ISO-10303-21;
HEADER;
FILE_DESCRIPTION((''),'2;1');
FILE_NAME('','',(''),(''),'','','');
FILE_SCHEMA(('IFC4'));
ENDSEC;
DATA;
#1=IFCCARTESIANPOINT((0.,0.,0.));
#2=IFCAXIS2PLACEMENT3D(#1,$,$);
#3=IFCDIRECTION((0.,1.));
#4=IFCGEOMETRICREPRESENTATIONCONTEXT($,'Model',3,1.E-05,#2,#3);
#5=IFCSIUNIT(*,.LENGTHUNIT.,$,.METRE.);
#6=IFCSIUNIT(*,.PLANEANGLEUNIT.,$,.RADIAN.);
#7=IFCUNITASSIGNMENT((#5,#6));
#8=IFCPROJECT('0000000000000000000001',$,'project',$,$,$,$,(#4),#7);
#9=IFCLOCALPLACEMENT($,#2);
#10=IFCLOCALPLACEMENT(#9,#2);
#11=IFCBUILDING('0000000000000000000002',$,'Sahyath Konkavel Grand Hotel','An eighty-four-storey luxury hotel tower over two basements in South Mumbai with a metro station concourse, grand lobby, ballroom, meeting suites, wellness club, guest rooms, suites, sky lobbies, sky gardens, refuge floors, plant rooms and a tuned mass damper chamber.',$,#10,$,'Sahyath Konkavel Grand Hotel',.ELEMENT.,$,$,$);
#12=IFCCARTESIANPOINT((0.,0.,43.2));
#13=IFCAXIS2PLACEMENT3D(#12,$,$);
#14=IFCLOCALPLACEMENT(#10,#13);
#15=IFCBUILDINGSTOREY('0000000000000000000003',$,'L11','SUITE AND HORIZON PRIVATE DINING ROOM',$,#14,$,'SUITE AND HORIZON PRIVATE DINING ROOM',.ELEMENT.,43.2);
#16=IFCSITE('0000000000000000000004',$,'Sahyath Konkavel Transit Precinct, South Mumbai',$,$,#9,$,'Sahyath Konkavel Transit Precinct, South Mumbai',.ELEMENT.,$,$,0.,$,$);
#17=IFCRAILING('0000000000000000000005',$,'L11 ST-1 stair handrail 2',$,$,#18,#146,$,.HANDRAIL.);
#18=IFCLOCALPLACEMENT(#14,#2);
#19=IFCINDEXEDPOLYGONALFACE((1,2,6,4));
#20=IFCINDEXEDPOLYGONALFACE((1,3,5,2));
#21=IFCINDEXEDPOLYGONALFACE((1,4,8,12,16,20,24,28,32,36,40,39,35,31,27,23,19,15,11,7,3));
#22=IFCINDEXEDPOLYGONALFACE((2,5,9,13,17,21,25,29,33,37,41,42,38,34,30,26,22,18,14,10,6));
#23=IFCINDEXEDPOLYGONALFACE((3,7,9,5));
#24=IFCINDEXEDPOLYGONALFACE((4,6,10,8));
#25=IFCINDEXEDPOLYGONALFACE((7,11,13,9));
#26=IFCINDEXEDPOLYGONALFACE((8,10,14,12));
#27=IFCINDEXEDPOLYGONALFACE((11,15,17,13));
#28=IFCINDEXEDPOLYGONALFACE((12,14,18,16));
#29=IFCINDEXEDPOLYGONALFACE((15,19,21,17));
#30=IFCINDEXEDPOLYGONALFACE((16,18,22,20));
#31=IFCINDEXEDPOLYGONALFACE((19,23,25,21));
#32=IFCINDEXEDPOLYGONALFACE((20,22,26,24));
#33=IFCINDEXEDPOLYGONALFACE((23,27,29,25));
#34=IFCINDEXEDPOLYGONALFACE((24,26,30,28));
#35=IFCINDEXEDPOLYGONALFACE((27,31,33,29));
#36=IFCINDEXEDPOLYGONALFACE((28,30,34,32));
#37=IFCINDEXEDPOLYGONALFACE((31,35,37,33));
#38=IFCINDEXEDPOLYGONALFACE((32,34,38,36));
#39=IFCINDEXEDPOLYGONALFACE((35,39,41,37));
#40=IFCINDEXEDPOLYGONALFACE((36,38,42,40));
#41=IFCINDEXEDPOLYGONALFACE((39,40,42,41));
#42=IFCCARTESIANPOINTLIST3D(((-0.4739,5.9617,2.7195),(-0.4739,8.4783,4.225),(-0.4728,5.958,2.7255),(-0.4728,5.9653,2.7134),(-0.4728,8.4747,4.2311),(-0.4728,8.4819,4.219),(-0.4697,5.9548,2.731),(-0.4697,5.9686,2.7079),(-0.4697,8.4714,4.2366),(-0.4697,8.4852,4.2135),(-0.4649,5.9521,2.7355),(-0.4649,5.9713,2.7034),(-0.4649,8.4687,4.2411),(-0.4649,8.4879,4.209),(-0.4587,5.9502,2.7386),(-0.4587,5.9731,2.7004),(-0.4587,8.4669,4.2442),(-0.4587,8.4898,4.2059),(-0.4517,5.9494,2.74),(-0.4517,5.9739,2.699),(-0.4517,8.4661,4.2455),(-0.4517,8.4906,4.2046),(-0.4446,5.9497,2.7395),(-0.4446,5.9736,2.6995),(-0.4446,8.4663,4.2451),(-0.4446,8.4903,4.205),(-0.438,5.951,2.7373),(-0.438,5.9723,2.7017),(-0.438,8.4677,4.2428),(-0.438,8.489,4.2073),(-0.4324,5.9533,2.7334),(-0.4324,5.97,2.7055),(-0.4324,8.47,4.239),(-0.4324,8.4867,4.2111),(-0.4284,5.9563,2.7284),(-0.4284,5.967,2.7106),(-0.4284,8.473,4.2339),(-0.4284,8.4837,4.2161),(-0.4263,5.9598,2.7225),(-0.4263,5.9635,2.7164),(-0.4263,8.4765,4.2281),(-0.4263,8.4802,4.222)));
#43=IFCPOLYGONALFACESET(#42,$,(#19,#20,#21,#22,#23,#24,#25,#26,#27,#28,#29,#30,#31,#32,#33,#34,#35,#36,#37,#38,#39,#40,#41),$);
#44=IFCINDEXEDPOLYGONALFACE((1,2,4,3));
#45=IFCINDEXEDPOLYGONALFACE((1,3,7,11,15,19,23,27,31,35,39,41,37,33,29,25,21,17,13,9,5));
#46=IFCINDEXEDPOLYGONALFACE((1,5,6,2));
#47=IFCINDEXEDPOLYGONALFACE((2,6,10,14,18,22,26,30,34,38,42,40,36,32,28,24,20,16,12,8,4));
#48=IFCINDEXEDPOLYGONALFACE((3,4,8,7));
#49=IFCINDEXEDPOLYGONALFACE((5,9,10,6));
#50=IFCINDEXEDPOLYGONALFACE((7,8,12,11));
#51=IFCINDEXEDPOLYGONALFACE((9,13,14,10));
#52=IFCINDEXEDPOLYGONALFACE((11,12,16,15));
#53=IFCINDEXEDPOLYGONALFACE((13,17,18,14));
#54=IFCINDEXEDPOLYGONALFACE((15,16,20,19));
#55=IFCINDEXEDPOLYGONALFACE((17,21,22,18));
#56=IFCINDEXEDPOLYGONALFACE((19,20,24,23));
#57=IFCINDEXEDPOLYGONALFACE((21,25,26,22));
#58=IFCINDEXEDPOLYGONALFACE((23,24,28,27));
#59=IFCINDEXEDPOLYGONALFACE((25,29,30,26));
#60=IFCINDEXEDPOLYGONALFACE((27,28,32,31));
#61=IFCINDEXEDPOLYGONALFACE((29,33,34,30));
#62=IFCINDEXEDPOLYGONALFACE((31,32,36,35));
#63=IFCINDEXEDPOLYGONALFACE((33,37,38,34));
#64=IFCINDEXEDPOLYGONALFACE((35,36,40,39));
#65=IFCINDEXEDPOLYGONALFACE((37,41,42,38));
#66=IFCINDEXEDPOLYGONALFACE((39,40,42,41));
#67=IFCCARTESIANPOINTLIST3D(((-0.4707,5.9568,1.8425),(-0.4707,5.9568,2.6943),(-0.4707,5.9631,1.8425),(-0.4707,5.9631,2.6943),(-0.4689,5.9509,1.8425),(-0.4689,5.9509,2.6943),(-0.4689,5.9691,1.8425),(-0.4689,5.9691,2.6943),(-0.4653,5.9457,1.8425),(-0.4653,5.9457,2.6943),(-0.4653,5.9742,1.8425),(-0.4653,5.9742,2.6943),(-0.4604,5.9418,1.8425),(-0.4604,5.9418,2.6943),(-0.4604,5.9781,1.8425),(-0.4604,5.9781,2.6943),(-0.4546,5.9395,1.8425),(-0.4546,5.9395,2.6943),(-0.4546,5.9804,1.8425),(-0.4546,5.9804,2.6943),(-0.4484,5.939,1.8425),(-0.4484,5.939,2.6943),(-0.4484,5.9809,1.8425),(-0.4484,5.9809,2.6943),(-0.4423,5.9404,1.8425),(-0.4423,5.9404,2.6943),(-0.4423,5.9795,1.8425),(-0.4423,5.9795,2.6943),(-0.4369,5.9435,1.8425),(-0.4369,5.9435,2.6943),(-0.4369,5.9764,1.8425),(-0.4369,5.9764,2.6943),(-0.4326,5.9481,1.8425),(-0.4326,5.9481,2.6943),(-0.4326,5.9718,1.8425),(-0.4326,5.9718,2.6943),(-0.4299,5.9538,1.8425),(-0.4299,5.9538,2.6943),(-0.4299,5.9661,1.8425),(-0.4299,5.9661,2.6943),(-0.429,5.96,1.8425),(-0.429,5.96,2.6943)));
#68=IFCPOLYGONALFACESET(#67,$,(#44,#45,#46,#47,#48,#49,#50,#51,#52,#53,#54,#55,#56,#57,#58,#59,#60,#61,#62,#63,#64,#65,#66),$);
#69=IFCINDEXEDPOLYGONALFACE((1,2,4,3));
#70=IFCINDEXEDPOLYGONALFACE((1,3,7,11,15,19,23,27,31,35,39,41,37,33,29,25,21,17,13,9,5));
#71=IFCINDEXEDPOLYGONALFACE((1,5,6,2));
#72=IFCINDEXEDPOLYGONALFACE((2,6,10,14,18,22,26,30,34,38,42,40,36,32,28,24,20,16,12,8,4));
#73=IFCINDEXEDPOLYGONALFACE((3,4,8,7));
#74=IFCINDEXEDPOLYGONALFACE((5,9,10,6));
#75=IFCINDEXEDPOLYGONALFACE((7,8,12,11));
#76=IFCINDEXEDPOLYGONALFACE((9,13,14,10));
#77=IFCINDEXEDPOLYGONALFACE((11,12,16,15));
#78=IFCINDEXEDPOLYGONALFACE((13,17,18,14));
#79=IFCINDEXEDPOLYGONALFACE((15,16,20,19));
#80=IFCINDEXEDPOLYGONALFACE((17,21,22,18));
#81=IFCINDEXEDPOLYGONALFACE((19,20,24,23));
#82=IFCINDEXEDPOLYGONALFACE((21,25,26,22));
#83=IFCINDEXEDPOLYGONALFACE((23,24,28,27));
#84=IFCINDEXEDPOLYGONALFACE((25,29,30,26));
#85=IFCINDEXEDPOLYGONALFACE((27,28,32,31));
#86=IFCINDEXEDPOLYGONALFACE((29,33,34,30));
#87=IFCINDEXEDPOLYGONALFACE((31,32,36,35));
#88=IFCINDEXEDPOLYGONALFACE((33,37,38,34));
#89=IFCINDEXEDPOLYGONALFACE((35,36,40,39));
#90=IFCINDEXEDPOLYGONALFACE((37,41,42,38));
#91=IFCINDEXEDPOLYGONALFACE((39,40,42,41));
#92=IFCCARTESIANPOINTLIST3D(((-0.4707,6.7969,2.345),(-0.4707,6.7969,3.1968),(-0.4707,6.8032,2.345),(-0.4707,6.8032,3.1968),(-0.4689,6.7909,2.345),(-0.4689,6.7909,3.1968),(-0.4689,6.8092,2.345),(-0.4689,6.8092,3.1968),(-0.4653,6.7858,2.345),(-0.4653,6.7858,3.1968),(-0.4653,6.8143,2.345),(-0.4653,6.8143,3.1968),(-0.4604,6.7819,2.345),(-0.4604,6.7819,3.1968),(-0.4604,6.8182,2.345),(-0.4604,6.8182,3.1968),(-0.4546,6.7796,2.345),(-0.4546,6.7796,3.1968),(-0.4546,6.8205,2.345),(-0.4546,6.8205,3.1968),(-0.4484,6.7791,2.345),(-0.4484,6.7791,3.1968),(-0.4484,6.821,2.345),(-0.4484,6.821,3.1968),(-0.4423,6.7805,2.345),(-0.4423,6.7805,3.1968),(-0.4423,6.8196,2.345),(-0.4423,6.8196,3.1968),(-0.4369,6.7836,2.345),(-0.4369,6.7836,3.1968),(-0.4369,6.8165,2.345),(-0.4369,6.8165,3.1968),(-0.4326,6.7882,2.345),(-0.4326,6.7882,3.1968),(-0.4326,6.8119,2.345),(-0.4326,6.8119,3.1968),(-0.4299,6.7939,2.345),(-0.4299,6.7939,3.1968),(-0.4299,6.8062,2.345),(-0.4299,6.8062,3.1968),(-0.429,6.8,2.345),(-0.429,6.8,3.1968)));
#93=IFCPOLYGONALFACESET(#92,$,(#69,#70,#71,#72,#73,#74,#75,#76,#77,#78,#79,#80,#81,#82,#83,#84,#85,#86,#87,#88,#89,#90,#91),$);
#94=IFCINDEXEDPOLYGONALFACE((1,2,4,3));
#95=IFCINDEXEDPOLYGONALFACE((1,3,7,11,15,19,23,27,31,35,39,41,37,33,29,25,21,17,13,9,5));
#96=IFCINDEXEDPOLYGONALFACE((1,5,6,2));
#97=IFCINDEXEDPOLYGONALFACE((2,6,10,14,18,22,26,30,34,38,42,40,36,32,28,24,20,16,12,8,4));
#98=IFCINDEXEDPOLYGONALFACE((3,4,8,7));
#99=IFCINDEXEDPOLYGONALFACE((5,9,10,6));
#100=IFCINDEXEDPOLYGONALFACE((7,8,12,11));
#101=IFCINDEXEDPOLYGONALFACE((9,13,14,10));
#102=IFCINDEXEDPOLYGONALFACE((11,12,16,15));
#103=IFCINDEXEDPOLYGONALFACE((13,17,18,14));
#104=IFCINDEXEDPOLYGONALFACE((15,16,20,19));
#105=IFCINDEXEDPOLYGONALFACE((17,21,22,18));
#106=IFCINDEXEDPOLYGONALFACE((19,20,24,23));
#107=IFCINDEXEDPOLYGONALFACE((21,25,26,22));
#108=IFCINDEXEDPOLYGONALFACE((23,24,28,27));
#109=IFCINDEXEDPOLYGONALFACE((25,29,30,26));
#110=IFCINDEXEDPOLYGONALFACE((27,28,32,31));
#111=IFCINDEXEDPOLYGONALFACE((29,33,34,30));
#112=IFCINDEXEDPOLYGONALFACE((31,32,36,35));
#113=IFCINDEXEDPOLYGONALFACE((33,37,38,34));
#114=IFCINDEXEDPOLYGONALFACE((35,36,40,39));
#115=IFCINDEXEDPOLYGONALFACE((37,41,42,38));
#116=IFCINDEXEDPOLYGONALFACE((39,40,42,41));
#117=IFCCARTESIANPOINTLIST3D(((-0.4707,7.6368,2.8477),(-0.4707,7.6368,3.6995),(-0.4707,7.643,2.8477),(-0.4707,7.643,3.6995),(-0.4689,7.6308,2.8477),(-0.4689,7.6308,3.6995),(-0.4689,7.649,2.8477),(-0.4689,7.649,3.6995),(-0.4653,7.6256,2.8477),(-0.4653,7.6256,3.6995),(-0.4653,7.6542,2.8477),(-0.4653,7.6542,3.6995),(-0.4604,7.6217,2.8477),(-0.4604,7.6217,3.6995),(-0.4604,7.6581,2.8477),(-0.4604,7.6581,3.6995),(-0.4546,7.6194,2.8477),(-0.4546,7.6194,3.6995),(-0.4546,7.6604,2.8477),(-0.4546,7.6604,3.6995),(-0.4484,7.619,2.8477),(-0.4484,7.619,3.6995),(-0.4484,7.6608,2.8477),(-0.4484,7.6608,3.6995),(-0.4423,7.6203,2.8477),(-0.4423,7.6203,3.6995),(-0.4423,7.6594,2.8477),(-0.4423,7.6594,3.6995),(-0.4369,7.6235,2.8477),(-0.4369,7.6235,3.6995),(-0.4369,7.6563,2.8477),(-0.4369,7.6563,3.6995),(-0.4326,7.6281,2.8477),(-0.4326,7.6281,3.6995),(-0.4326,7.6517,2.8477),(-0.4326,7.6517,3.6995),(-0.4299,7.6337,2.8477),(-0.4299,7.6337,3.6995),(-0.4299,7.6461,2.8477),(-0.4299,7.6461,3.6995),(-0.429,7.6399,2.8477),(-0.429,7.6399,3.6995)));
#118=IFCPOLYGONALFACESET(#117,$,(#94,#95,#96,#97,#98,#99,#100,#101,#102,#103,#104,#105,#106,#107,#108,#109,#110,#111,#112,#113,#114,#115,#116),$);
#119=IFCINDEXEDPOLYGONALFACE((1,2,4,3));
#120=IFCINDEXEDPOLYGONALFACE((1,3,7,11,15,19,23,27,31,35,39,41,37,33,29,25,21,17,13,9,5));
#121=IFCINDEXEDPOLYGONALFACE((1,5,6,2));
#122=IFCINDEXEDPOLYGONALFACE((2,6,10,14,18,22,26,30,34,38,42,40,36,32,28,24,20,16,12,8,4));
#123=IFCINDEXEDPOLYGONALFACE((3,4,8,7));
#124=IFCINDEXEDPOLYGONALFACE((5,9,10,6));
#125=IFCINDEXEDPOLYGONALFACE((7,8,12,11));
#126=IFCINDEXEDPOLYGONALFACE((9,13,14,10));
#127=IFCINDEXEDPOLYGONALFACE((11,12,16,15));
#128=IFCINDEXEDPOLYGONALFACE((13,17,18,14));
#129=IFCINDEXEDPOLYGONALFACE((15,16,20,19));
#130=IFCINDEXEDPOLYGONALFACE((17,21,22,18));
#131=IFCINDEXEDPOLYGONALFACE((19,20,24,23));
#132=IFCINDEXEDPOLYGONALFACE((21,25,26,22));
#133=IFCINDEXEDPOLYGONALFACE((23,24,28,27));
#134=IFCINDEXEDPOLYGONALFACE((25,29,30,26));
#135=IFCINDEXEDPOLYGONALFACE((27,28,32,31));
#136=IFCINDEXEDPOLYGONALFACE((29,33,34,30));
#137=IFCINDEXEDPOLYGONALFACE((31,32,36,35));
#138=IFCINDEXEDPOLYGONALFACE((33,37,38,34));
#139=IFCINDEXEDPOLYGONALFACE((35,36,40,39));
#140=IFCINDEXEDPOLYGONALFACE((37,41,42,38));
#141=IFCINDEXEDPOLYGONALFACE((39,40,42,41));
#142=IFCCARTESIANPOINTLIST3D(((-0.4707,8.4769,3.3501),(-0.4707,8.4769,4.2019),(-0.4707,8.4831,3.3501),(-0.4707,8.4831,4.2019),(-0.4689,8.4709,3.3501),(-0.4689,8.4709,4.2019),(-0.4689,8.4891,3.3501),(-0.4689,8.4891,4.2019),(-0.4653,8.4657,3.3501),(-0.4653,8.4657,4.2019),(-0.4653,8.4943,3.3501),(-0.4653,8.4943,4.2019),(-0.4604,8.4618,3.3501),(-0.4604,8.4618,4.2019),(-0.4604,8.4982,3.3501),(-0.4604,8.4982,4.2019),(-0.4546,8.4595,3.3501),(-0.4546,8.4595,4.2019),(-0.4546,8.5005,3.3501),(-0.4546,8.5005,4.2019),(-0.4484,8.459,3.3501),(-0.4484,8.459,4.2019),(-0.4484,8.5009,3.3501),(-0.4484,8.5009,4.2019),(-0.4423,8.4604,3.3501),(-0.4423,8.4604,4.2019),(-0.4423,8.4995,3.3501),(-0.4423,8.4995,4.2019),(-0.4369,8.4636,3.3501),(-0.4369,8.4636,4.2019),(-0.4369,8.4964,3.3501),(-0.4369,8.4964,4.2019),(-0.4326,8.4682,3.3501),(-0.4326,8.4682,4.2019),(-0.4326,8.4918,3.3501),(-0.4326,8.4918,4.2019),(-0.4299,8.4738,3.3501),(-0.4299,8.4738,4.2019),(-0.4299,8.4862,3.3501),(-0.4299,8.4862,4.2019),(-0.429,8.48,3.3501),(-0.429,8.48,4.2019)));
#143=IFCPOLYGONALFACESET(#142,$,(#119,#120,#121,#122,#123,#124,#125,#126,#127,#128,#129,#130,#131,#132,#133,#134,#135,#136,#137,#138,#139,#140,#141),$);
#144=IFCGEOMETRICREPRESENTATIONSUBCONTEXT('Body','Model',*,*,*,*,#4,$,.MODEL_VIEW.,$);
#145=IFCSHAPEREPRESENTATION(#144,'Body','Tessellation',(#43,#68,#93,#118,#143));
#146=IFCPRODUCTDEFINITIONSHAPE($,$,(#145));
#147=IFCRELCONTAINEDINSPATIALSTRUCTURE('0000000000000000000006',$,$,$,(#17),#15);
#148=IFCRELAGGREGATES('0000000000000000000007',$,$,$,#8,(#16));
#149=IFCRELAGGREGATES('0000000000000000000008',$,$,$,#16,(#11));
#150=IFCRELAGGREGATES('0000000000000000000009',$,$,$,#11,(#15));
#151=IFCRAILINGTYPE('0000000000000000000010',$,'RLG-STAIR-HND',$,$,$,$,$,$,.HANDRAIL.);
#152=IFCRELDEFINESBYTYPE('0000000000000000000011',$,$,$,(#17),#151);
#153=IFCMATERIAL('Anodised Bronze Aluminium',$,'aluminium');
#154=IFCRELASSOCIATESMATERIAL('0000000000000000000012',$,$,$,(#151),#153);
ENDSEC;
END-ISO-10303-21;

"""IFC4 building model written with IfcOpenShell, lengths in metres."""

from ifc_helpers import new_model, si_unit, direction, frame, origin, origin_2d, place, context, subcontext, project, spatial, circle, extrude, material, type_object, element, save


model = new_model("IFC4")

# Units and contexts
model_context = context("Model", 3, precision=1e-05, world=origin(), true_north=direction((0.0, 1.0)))
body_context = subcontext(model_context, "Body", "Model", "MODEL_VIEW")
ifc_project = project(units=[si_unit("LENGTHUNIT", "METRE"), si_unit("PLANEANGLEUNIT", "RADIAN")], contexts=[model_context])

# Site, building, storey
site_placement = place(None, origin())
site = spatial("IfcSite", under=ifc_project, at=site_placement, Name="Sahyath Konkavel Transit Precinct, South Mumbai", LongName="Sahyath Konkavel Transit Precinct, South Mumbai", CompositionType="ELEMENT", RefElevation=0.0)
building_placement = place(site_placement, origin())
building = spatial("IfcBuilding", under=site, at=building_placement, Name="Sahyath Konkavel Grand Hotel", Description="An eighty-four-storey luxury hotel tower over two basements in South Mumbai with a metro station concourse, grand lobby, ballroom, meeting suites, wellness club, guest rooms, suites, sky lobbies, sky gardens, refuge floors, plant rooms and a tuned mass damper chamber.", LongName="Sahyath Konkavel Grand Hotel", CompositionType="ELEMENT")
storey_placement = place(building_placement, frame((0.0, 0.0, 43.2)))
storey = spatial("IfcBuildingStorey", under=building, at=storey_placement, Name="L11", Description="SUITE AND HORIZON PRIVATE DINING ROOM", LongName="SUITE AND HORIZON PRIVATE DINING ROOM", CompositionType="ELEMENT", Elevation=43.2)

# Railing
ifc_material_1 = material(Name="Anodised Bronze Aluminium", Category="aluminium")
railing_type_1 = type_object("IfcRailingType", Name="RLG-STAIR-HND", PredefinedType="HANDRAIL", material=ifc_material_1)
railing_1_placement = place(storey_placement, frame((-0.45, 5.96, 1.8425)))
element("IfcRailing", 1, at=railing_1_placement, inside=storey, type_object=railing_type_1, Name="L11 ST-1 stair handrail 2", PredefinedType="HANDRAIL", context=body_context, shape_type="SweptSolid", body=[
    extrude(circle(Radius=0.0239, at=origin_2d()), frame((0.0, 0.0017, 0.877), z_axis=(0.0, 0.85816, 0.513383), x_axis=(-1.0, 0.0, 0.0)), (0.0, 0.0, 1.0), 2.9326),
    extrude(circle(Radius=0.021, at=origin_2d()), origin(), (0.0, 0.0, 1.0), 0.8518),
    extrude(circle(Radius=0.021, at=origin_2d()), frame((0.0, 0.8401, 0.5024)), (0.0, 0.0, 1.0), 0.8518),
    extrude(circle(Radius=0.021, at=origin_2d()), frame((0.0, 1.6799, 1.0051)), (0.0, 0.0, 1.0), 0.8518),
    extrude(circle(Radius=0.021, at=origin_2d()), frame((0.0, 2.52, 1.5076)), (0.0, 0.0, 1.0), 0.8518),
])

save(model, "model.ifc")
